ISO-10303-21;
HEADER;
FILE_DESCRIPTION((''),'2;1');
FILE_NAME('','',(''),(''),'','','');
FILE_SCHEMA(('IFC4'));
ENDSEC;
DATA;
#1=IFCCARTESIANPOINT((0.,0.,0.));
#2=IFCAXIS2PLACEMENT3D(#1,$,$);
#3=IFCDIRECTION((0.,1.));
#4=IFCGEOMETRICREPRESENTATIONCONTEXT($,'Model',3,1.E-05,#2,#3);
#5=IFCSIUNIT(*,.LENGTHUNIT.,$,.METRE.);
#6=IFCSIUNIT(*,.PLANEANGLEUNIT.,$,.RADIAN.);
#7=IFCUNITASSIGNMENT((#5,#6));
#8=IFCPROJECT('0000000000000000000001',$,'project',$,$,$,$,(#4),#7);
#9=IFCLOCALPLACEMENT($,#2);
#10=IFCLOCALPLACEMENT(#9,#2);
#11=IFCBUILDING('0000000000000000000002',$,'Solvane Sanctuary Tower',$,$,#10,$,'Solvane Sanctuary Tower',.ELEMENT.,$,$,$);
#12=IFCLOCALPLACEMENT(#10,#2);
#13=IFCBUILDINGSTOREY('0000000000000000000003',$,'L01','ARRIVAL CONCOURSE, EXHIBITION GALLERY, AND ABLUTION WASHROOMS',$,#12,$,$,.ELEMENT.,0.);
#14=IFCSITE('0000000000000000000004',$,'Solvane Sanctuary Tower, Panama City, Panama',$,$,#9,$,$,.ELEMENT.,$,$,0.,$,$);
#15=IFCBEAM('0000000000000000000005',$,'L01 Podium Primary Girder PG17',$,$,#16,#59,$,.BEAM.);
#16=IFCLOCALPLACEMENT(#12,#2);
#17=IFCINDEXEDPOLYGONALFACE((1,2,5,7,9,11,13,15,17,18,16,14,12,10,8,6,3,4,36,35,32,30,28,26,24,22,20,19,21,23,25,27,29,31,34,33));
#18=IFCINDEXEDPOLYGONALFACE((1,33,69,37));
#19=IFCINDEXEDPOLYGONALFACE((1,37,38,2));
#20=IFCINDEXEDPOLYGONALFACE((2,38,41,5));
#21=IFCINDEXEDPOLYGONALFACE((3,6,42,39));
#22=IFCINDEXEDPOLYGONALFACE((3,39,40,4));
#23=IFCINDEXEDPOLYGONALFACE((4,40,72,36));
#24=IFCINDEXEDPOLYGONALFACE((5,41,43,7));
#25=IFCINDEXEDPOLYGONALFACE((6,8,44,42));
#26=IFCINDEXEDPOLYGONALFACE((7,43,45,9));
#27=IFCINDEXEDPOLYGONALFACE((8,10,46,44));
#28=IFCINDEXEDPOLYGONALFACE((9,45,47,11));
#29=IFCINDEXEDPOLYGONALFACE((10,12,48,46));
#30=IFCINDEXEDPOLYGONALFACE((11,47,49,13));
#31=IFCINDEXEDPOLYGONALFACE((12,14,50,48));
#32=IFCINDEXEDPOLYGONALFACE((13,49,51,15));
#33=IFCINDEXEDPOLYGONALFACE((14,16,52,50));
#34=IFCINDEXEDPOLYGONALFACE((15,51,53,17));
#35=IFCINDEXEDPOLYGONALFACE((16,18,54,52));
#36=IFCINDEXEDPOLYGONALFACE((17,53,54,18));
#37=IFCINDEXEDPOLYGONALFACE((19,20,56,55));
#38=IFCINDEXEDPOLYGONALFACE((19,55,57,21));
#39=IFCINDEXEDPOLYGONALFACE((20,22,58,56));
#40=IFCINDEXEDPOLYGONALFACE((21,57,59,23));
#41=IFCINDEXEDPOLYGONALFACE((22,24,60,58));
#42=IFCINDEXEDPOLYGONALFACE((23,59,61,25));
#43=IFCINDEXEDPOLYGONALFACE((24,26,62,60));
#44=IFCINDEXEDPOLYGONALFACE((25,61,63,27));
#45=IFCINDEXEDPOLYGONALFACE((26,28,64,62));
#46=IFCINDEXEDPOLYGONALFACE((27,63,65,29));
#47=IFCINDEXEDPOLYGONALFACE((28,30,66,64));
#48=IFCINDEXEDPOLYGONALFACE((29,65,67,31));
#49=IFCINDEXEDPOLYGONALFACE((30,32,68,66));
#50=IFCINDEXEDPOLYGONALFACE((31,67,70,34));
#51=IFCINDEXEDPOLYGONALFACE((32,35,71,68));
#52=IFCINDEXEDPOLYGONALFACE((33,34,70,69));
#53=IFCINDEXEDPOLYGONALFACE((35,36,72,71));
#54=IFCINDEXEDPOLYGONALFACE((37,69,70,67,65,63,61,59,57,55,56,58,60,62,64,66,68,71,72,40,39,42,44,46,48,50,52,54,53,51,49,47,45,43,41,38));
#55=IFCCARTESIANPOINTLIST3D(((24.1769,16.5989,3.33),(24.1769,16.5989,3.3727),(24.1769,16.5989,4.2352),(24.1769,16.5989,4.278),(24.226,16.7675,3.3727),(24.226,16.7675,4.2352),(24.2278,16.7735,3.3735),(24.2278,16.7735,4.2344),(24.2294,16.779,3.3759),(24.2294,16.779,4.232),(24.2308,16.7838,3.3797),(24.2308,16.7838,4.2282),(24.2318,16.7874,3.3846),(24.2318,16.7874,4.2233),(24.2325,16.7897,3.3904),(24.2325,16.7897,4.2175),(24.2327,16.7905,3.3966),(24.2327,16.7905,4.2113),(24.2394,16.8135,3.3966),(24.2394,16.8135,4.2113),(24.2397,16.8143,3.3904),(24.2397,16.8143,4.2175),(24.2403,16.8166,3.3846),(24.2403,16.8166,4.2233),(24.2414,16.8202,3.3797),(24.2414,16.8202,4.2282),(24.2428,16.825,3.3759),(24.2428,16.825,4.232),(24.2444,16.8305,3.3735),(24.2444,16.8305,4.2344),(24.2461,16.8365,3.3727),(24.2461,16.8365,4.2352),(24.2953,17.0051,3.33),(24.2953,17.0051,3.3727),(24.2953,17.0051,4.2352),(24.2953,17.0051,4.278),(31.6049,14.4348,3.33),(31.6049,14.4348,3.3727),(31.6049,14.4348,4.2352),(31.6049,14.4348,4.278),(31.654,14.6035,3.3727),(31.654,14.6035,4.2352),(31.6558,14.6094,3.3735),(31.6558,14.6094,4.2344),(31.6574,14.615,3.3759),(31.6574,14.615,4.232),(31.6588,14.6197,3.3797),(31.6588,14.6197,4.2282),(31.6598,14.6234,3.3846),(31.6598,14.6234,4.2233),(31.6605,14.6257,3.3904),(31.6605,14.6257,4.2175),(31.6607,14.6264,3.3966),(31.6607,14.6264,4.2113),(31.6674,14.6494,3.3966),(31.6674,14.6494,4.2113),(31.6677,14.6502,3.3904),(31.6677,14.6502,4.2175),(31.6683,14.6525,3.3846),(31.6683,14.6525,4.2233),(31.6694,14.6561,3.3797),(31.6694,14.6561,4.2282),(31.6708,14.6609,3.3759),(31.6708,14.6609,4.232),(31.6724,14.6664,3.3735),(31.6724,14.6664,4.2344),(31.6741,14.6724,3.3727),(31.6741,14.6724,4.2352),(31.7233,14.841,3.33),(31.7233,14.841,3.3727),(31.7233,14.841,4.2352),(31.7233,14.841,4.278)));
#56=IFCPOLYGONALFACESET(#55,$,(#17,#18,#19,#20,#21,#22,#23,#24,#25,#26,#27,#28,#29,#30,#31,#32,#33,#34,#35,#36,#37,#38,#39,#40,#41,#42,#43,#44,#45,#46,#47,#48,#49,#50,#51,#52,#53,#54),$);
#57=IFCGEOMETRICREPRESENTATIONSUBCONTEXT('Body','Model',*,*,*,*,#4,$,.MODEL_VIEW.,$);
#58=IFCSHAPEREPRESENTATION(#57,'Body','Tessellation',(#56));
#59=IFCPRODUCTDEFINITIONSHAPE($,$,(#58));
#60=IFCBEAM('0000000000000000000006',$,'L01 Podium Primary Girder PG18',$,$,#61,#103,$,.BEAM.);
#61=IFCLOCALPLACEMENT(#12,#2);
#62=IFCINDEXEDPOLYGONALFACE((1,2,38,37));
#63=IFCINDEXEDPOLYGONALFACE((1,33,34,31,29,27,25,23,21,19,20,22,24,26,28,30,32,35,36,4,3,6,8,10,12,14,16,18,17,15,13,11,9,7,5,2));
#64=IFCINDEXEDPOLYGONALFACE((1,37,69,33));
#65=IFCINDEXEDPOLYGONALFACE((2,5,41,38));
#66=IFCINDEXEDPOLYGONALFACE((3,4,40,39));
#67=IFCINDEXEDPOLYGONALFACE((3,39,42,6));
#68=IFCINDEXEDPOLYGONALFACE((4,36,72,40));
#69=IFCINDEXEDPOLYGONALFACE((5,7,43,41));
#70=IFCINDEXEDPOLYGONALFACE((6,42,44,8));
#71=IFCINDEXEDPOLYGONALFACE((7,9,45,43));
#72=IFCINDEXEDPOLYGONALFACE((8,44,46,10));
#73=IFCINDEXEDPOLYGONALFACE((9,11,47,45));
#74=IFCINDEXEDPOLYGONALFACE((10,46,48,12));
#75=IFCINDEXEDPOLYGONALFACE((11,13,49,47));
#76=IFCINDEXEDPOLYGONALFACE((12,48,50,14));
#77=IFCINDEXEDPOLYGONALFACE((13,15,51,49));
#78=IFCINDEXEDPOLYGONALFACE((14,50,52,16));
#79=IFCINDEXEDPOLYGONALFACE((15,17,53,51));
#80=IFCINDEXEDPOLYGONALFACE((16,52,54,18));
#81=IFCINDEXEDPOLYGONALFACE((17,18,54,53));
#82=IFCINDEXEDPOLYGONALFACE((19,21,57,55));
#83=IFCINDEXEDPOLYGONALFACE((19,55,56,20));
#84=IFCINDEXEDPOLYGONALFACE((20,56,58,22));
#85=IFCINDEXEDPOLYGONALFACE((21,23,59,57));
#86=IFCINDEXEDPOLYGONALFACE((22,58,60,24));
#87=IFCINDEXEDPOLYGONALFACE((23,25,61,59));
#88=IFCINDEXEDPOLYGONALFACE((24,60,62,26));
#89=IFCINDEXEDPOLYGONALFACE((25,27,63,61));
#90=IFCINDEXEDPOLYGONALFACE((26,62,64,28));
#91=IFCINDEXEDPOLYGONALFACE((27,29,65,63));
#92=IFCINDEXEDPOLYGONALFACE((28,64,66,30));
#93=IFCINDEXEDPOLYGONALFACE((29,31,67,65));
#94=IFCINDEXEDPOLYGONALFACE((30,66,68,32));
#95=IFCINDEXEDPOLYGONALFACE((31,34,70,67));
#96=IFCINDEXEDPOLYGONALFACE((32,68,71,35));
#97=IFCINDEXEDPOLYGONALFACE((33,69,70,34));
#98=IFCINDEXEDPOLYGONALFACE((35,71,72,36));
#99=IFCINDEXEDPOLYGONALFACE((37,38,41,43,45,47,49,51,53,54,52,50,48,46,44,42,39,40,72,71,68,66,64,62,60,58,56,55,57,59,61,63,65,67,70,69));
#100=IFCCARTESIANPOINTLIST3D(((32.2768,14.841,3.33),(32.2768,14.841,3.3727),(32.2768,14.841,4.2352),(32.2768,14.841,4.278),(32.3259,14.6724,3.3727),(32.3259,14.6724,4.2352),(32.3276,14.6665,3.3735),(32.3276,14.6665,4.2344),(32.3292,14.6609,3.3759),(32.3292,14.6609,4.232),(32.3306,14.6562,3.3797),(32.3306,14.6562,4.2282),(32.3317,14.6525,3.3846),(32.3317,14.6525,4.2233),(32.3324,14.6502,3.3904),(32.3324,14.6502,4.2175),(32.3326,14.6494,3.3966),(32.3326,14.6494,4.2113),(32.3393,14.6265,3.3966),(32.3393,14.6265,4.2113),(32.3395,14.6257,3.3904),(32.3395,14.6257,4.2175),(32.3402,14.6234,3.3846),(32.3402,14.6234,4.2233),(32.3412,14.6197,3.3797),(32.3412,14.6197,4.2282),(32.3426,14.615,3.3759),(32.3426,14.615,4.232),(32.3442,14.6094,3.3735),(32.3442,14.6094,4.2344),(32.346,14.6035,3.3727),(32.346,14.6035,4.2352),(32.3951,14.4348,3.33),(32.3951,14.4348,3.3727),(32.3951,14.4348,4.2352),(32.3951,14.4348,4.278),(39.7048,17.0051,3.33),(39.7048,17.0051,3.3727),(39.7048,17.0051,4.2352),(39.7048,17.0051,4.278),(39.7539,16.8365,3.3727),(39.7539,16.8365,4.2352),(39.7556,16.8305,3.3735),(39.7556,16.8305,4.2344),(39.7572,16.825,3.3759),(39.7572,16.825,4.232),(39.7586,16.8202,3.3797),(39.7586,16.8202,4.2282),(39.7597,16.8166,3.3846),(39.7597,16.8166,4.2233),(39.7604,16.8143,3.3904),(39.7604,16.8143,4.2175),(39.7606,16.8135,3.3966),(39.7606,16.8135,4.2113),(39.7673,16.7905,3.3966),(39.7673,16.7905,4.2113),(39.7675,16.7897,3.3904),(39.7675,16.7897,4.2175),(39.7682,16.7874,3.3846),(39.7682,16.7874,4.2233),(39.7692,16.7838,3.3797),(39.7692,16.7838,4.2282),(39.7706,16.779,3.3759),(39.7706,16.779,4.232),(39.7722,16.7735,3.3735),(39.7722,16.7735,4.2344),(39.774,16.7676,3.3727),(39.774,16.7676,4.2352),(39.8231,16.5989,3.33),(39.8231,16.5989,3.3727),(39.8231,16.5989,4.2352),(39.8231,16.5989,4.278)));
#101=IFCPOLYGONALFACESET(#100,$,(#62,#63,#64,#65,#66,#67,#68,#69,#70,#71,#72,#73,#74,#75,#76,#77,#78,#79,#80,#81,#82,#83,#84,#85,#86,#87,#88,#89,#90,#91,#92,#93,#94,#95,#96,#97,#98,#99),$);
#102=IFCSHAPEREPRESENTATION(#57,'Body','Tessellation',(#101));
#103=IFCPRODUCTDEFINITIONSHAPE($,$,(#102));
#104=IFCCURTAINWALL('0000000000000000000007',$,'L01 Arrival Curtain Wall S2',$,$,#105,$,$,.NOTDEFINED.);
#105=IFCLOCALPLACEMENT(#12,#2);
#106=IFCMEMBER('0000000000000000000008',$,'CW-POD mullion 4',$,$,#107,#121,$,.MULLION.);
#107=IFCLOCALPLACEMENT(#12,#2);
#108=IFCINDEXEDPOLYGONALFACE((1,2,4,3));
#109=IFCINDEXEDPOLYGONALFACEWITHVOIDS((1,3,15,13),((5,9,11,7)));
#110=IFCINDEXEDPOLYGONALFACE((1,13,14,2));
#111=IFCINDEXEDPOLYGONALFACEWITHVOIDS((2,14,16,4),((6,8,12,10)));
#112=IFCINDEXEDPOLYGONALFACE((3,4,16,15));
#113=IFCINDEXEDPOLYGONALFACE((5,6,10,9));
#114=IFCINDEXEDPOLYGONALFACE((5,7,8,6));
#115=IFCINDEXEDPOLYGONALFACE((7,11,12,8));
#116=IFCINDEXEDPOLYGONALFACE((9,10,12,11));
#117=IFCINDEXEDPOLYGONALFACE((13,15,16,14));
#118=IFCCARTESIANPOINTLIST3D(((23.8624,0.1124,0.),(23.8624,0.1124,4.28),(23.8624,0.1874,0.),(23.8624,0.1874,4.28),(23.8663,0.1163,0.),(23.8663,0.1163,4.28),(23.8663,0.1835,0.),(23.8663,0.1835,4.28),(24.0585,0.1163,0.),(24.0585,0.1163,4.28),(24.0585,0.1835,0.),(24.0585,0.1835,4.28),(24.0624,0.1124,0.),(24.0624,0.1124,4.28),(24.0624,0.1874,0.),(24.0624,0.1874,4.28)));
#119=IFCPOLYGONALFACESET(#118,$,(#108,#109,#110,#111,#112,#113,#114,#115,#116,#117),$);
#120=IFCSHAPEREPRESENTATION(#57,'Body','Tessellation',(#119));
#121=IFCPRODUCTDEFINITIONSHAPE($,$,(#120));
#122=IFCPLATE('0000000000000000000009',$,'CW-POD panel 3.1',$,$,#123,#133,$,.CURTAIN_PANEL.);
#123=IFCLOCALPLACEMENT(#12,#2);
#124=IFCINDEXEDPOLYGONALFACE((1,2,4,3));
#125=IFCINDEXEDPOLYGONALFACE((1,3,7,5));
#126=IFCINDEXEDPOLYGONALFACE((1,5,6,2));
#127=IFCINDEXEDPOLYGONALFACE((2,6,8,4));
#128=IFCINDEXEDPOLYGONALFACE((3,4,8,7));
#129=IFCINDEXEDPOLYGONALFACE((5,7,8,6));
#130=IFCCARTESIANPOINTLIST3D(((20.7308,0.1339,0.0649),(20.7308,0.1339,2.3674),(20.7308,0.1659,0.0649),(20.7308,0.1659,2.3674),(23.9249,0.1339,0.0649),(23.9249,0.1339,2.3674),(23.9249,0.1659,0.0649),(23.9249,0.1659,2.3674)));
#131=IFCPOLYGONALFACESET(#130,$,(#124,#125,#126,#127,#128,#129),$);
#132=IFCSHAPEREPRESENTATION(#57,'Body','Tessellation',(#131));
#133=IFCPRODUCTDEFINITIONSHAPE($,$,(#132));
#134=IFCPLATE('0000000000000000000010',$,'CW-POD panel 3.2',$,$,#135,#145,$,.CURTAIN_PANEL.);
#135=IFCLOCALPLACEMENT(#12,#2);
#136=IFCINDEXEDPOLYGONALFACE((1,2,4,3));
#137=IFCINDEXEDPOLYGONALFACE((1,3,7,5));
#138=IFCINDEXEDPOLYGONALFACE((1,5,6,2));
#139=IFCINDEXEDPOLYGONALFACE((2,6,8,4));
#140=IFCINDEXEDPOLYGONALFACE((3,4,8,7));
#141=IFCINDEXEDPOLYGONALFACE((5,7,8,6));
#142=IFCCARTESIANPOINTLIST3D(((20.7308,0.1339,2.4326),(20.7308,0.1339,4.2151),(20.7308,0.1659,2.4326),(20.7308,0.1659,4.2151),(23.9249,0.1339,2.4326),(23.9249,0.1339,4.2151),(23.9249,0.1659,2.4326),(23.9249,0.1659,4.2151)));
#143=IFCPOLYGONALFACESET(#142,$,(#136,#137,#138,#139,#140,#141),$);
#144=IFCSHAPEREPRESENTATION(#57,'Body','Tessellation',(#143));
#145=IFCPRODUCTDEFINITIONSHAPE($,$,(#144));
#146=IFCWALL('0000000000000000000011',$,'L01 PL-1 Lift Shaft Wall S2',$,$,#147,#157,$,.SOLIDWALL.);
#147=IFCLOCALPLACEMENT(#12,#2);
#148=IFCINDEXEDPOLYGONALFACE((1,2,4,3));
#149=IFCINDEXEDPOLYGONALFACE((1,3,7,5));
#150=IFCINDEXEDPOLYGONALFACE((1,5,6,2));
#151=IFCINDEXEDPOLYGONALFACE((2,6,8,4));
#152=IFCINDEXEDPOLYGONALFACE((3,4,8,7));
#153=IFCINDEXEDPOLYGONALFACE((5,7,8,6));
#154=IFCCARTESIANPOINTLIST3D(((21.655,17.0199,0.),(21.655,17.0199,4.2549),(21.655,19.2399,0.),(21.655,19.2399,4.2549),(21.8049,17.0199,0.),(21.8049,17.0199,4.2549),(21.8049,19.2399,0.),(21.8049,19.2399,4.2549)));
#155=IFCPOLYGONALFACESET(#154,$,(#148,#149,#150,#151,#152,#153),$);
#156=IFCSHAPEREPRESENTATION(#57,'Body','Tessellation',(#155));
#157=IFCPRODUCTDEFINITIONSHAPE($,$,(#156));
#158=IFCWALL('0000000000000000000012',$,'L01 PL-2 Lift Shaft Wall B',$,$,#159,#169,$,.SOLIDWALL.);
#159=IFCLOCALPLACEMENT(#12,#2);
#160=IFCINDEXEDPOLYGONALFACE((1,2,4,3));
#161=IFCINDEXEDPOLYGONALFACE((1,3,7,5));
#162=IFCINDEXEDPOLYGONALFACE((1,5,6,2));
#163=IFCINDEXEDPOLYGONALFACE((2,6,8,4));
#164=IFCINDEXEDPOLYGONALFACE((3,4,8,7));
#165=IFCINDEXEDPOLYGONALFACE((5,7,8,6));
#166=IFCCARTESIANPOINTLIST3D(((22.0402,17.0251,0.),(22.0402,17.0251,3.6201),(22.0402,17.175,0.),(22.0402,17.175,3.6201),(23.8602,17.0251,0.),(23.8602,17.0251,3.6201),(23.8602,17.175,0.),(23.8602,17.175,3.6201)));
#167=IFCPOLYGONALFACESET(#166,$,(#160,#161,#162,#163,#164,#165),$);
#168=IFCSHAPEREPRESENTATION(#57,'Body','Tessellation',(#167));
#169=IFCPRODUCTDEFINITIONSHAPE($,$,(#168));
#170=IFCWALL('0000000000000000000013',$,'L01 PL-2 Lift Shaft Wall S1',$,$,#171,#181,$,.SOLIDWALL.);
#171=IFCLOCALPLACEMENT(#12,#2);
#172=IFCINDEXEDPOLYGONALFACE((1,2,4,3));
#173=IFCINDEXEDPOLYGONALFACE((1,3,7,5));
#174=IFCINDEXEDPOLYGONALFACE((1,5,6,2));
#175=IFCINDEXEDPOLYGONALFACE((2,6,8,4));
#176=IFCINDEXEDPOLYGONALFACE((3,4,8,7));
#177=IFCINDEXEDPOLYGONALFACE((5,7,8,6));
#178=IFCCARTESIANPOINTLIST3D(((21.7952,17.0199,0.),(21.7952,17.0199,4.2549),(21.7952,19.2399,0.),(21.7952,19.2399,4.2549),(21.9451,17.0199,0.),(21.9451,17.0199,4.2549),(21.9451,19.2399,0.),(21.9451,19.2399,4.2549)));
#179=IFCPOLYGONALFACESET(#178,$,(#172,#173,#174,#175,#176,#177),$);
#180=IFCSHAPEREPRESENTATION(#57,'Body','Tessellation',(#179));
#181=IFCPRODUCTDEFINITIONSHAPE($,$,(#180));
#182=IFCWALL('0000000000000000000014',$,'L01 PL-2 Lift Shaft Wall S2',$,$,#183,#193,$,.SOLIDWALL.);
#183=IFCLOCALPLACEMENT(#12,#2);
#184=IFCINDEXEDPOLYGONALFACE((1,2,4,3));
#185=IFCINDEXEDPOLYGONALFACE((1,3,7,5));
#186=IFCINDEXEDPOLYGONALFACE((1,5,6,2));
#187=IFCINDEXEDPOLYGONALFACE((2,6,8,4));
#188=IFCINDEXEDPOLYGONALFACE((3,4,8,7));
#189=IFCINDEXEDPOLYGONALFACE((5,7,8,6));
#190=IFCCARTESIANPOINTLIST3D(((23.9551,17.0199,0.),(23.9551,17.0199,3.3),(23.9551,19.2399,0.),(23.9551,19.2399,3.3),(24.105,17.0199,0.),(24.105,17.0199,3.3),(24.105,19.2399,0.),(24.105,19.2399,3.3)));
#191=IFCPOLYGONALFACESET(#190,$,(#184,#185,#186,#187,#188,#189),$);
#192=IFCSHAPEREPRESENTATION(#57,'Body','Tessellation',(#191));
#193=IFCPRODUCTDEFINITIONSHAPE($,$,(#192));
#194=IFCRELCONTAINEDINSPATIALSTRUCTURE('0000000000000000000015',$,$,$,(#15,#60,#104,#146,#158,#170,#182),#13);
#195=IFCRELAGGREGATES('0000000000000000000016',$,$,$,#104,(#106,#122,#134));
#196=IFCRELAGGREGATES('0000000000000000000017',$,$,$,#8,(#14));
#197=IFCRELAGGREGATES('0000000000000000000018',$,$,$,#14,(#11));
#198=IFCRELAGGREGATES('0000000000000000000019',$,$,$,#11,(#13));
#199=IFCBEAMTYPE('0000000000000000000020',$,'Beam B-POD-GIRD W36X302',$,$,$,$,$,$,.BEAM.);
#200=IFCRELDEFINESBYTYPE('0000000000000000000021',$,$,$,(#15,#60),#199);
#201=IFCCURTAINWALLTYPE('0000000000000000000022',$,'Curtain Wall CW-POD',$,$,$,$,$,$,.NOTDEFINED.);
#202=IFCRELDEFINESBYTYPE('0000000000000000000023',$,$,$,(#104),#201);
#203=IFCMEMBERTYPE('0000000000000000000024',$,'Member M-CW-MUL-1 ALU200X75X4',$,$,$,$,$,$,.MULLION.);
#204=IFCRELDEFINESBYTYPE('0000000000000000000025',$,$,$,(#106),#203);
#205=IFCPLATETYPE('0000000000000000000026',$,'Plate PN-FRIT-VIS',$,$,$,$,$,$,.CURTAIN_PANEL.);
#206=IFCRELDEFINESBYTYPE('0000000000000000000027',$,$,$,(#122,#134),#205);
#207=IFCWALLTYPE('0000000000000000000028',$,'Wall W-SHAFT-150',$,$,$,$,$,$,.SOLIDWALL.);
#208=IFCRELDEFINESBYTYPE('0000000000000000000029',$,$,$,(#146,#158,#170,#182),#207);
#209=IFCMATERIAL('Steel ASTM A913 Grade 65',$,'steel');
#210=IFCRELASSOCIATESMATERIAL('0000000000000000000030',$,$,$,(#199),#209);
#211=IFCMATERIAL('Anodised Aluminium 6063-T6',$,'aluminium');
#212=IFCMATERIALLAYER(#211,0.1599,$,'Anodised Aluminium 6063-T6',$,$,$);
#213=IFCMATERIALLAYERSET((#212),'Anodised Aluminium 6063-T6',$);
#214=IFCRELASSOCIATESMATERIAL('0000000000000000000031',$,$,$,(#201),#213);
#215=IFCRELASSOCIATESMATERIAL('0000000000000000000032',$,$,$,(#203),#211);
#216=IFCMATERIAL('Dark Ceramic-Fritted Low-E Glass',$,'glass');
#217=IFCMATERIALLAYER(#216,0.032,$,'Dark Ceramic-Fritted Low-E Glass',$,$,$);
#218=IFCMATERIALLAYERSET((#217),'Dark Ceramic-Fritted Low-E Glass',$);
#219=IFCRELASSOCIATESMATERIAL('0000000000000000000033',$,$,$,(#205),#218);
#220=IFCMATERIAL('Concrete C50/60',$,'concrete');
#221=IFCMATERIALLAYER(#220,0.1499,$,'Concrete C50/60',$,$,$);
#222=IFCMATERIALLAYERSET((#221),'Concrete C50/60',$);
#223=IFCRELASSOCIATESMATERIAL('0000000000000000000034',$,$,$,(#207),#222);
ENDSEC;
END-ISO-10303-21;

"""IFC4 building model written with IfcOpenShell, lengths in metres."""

from ifc_helpers import new_model, si_unit, direction, frame, frame_2d, origin, origin_2d, place, context, subcontext, project, spatial, rectangle, hollow_rectangle, i_section, extrude, material, layer, layer_set, material_profile, profile_set, type_object, element, aggregate, save


model = new_model("IFC4")

# Units and contexts
model_context = context("Model", 3, precision=1e-05, world=origin(), true_north=direction((0.0, 1.0)))
body_context = subcontext(model_context, "Body", "Model", "MODEL_VIEW")
ifc_project = project(units=[si_unit("LENGTHUNIT", "METRE"), si_unit("PLANEANGLEUNIT", "RADIAN")], contexts=[model_context])

# Site, building, storey
site_placement = place(None, origin())
site = spatial("IfcSite", under=ifc_project, at=site_placement, Name="Solvane Sanctuary Tower, Panama City, Panama", CompositionType="ELEMENT", RefElevation=0.0)
building_placement = place(site_placement, origin())
building = spatial("IfcBuilding", under=site, at=building_placement, Name="Solvane Sanctuary Tower", LongName="Solvane Sanctuary Tower", CompositionType="ELEMENT")
storey_placement = place(building_placement, origin())
storey = spatial("IfcBuildingStorey", under=building, at=storey_placement, Name="L01", Description="ARRIVAL CONCOURSE, EXHIBITION GALLERY, AND ABLUTION WASHROOMS", CompositionType="ELEMENT", Elevation=0.0)

# Beams
ifc_material_1 = material(Name="Steel ASTM A913 Grade 65", Category="steel")
ifc_material_profile_1 = material_profile(ifc_material_1, i_section(OverallWidth=0.4231, OverallDepth=0.948, WebThickness=0.0239, FlangeThickness=0.0427, FilletRadius=0.0239, at=origin_2d()), Name="W36X302")
ifc_profile_set_1 = profile_set([ifc_material_profile_1], Name="Steel ASTM A913 Grade 65")
beam_type = type_object("IfcBeamType", Name="Beam B-POD-GIRD W36X302", PredefinedType="BEAM", material=ifc_profile_set_1)
for number, where, z_axis, x_axis, name in (
    (1, (24.2361, 16.802, 3.804), (0.960084, -0.27971, 0.0), (0.27971, 0.960084, 0.0), "L01 Podium Primary Girder PG17"),
    (2, (32.3359, 14.6379, 3.804), (0.960084, 0.27971, 0.0), (-0.27971, 0.960084, 0.0), "L01 Podium Primary Girder PG18"),
):
    element("IfcBeam", number, at=place(storey_placement, frame(where, z_axis=z_axis, x_axis=x_axis)), inside=storey, type_object=beam_type, Name=name, PredefinedType="BEAM", context=body_context, shape_type="SweptSolid", body=[
        extrude(i_section(OverallWidth=0.4231, OverallDepth=0.948, WebThickness=0.0239, FlangeThickness=0.0427, FilletRadius=0.0239, at=origin_2d()), origin(), (0.0, 0.0, 1.0), 7.7368),
    ])

# Curtain wall, member, plates
ifc_material_2 = material(Name="Anodised Aluminium 6063-T6", Category="aluminium")
ifc_layer_1 = layer(ifc_material_2, 0.1599, Name="Anodised Aluminium 6063-T6")
ifc_layer_set_1 = layer_set([ifc_layer_1], Name="Anodised Aluminium 6063-T6")
curtain_wall_type = type_object("IfcCurtainWallType", Name="Curtain Wall CW-POD", PredefinedType="NOTDEFINED", material=ifc_layer_set_1)
curtain_wall_placement = place(storey_placement, origin())
curtain_wall = element("IfcCurtainWall", 3, at=curtain_wall_placement, inside=storey, type_object=curtain_wall_type, Name="L01 Arrival Curtain Wall S2", PredefinedType="NOTDEFINED")
ifc_material_profile_2 = material_profile(ifc_material_2, hollow_rectangle(XDim=0.075, YDim=0.2, WallThickness=0.0039, at=origin_2d()), Name="ALU200X75X4")
ifc_profile_set_2 = profile_set([ifc_material_profile_2], Name="Anodised Aluminium 6063-T6")
member_type = type_object("IfcMemberType", Name="Member M-CW-MUL-1 ALU200X75X4", PredefinedType="MULLION", material=ifc_profile_set_2)
member_placement = place(storey_placement, frame((23.9624, 0.1499, 0.0), z_axis=(0.0, 0.0, 1.0), x_axis=(0.0, 1.0, 0.0)))
member = element("IfcMember", 4, at=member_placement, type_object=member_type, Name="CW-POD mullion 4", PredefinedType="MULLION", context=body_context, shape_type="SweptSolid", body=[
    extrude(hollow_rectangle(XDim=0.075, YDim=0.2, WallThickness=0.0039, at=origin_2d()), origin(), (0.0, 0.0, 1.0), 4.28),
])
ifc_material_3 = material(Name="Dark Ceramic-Fritted Low-E Glass", Category="glass")
ifc_layer_2 = layer(ifc_material_3, 0.032, Name="Dark Ceramic-Fritted Low-E Glass")
ifc_layer_set_2 = layer_set([ifc_layer_2], Name="Dark Ceramic-Fritted Low-E Glass")
plate_type = type_object("IfcPlateType", Name="Plate PN-FRIT-VIS", PredefinedType="CURTAIN_PANEL", material=ifc_layer_set_2)
plate_1_placement = place(storey_placement, frame((22.3279, 0.1499, 0.0649), z_axis=(0.0, 0.0, 1.0), x_axis=(1.0, 0.0, 0.0)))
plate_1 = element("IfcPlate", 5, at=plate_1_placement, type_object=plate_type, Name="CW-POD panel 3.1", PredefinedType="CURTAIN_PANEL", context=body_context, shape_type="SweptSolid", body=[
    extrude(rectangle(XDim=3.1941, YDim=0.032, at=origin_2d()), origin(), (0.0, 0.0, 1.0), 2.3025),
])
plate_2_placement = place(storey_placement, frame((22.3279, 0.1499, 2.4326), z_axis=(0.0, 0.0, 1.0), x_axis=(1.0, 0.0, 0.0)))
plate_2 = element("IfcPlate", 6, at=plate_2_placement, type_object=plate_type, Name="CW-POD panel 3.2", PredefinedType="CURTAIN_PANEL", context=body_context, shape_type="SweptSolid", body=[
    extrude(rectangle(XDim=3.1941, YDim=0.032, at=origin_2d()), origin(), (0.0, 0.0, 1.0), 1.7825),
])
aggregate(curtain_wall, [member, plate_1, plate_2])

# Walls
ifc_material_4 = material(Name="Concrete C50/60", Category="concrete")
ifc_layer_3 = layer(ifc_material_4, 0.1499, Name="Concrete C50/60")
ifc_layer_set_3 = layer_set([ifc_layer_3], Name="Concrete C50/60")
wall_type_1 = type_object("IfcWallType", Name="Wall W-SHAFT-150", PredefinedType="SOLIDWALL", material=ifc_layer_set_3)
wall_1_placement = place(storey_placement, frame((21.73, 17.02, 0.0), z_axis=(0.0, 0.0, 1.0), x_axis=(0.0, 1.0, 0.0)))
element("IfcWall", 7, at=wall_1_placement, inside=storey, type_object=wall_type_1, Name="L01 PL-1 Lift Shaft Wall S2", PredefinedType="SOLIDWALL", context=body_context, shape_type="SweptSolid", body=[
    extrude(rectangle(XDim=2.22, YDim=0.1499, at=frame_2d((1.1099, 0.0))), origin(), (0.0, 0.0, 1.0), 4.2549),
])
wall_2_placement = place(storey_placement, frame((22.04, 17.1001, 0.0), z_axis=(0.0, 0.0, 1.0), x_axis=(1.0, 0.0, 0.0)))
element("IfcWall", 8, at=wall_2_placement, inside=storey, type_object=wall_type_1, Name="L01 PL-2 Lift Shaft Wall B", PredefinedType="SOLIDWALL", context=body_context, shape_type="SweptSolid", body=[
    extrude(rectangle(XDim=1.8201, YDim=0.1499, at=frame_2d((0.9102, 0.0))), origin(), (0.0, 0.0, 1.0), 3.6201),
])
wall_3_placement = place(storey_placement, frame((21.8701, 17.02, 0.0), z_axis=(0.0, 0.0, 1.0), x_axis=(0.0, 1.0, 0.0)))
element("IfcWall", 9, at=wall_3_placement, inside=storey, type_object=wall_type_1, Name="L01 PL-2 Lift Shaft Wall S1", PredefinedType="SOLIDWALL", context=body_context, shape_type="SweptSolid", body=[
    extrude(rectangle(XDim=2.22, YDim=0.1499, at=frame_2d((1.1099, 0.0))), origin(), (0.0, 0.0, 1.0), 4.2549),
])
wall_4_placement = place(storey_placement, frame((24.03, 17.02, 0.0), z_axis=(0.0, 0.0, 1.0), x_axis=(0.0, 1.0, 0.0)))
element("IfcWall", 10, at=wall_4_placement, inside=storey, type_object=wall_type_1, Name="L01 PL-2 Lift Shaft Wall S2", PredefinedType="SOLIDWALL", context=body_context, shape_type="SweptSolid", body=[
    extrude(rectangle(XDim=2.22, YDim=0.1499, at=frame_2d((1.1099, 0.0))), origin(), (0.0, 0.0, 1.0), 3.3),
])

save(model, "model.ifc")
